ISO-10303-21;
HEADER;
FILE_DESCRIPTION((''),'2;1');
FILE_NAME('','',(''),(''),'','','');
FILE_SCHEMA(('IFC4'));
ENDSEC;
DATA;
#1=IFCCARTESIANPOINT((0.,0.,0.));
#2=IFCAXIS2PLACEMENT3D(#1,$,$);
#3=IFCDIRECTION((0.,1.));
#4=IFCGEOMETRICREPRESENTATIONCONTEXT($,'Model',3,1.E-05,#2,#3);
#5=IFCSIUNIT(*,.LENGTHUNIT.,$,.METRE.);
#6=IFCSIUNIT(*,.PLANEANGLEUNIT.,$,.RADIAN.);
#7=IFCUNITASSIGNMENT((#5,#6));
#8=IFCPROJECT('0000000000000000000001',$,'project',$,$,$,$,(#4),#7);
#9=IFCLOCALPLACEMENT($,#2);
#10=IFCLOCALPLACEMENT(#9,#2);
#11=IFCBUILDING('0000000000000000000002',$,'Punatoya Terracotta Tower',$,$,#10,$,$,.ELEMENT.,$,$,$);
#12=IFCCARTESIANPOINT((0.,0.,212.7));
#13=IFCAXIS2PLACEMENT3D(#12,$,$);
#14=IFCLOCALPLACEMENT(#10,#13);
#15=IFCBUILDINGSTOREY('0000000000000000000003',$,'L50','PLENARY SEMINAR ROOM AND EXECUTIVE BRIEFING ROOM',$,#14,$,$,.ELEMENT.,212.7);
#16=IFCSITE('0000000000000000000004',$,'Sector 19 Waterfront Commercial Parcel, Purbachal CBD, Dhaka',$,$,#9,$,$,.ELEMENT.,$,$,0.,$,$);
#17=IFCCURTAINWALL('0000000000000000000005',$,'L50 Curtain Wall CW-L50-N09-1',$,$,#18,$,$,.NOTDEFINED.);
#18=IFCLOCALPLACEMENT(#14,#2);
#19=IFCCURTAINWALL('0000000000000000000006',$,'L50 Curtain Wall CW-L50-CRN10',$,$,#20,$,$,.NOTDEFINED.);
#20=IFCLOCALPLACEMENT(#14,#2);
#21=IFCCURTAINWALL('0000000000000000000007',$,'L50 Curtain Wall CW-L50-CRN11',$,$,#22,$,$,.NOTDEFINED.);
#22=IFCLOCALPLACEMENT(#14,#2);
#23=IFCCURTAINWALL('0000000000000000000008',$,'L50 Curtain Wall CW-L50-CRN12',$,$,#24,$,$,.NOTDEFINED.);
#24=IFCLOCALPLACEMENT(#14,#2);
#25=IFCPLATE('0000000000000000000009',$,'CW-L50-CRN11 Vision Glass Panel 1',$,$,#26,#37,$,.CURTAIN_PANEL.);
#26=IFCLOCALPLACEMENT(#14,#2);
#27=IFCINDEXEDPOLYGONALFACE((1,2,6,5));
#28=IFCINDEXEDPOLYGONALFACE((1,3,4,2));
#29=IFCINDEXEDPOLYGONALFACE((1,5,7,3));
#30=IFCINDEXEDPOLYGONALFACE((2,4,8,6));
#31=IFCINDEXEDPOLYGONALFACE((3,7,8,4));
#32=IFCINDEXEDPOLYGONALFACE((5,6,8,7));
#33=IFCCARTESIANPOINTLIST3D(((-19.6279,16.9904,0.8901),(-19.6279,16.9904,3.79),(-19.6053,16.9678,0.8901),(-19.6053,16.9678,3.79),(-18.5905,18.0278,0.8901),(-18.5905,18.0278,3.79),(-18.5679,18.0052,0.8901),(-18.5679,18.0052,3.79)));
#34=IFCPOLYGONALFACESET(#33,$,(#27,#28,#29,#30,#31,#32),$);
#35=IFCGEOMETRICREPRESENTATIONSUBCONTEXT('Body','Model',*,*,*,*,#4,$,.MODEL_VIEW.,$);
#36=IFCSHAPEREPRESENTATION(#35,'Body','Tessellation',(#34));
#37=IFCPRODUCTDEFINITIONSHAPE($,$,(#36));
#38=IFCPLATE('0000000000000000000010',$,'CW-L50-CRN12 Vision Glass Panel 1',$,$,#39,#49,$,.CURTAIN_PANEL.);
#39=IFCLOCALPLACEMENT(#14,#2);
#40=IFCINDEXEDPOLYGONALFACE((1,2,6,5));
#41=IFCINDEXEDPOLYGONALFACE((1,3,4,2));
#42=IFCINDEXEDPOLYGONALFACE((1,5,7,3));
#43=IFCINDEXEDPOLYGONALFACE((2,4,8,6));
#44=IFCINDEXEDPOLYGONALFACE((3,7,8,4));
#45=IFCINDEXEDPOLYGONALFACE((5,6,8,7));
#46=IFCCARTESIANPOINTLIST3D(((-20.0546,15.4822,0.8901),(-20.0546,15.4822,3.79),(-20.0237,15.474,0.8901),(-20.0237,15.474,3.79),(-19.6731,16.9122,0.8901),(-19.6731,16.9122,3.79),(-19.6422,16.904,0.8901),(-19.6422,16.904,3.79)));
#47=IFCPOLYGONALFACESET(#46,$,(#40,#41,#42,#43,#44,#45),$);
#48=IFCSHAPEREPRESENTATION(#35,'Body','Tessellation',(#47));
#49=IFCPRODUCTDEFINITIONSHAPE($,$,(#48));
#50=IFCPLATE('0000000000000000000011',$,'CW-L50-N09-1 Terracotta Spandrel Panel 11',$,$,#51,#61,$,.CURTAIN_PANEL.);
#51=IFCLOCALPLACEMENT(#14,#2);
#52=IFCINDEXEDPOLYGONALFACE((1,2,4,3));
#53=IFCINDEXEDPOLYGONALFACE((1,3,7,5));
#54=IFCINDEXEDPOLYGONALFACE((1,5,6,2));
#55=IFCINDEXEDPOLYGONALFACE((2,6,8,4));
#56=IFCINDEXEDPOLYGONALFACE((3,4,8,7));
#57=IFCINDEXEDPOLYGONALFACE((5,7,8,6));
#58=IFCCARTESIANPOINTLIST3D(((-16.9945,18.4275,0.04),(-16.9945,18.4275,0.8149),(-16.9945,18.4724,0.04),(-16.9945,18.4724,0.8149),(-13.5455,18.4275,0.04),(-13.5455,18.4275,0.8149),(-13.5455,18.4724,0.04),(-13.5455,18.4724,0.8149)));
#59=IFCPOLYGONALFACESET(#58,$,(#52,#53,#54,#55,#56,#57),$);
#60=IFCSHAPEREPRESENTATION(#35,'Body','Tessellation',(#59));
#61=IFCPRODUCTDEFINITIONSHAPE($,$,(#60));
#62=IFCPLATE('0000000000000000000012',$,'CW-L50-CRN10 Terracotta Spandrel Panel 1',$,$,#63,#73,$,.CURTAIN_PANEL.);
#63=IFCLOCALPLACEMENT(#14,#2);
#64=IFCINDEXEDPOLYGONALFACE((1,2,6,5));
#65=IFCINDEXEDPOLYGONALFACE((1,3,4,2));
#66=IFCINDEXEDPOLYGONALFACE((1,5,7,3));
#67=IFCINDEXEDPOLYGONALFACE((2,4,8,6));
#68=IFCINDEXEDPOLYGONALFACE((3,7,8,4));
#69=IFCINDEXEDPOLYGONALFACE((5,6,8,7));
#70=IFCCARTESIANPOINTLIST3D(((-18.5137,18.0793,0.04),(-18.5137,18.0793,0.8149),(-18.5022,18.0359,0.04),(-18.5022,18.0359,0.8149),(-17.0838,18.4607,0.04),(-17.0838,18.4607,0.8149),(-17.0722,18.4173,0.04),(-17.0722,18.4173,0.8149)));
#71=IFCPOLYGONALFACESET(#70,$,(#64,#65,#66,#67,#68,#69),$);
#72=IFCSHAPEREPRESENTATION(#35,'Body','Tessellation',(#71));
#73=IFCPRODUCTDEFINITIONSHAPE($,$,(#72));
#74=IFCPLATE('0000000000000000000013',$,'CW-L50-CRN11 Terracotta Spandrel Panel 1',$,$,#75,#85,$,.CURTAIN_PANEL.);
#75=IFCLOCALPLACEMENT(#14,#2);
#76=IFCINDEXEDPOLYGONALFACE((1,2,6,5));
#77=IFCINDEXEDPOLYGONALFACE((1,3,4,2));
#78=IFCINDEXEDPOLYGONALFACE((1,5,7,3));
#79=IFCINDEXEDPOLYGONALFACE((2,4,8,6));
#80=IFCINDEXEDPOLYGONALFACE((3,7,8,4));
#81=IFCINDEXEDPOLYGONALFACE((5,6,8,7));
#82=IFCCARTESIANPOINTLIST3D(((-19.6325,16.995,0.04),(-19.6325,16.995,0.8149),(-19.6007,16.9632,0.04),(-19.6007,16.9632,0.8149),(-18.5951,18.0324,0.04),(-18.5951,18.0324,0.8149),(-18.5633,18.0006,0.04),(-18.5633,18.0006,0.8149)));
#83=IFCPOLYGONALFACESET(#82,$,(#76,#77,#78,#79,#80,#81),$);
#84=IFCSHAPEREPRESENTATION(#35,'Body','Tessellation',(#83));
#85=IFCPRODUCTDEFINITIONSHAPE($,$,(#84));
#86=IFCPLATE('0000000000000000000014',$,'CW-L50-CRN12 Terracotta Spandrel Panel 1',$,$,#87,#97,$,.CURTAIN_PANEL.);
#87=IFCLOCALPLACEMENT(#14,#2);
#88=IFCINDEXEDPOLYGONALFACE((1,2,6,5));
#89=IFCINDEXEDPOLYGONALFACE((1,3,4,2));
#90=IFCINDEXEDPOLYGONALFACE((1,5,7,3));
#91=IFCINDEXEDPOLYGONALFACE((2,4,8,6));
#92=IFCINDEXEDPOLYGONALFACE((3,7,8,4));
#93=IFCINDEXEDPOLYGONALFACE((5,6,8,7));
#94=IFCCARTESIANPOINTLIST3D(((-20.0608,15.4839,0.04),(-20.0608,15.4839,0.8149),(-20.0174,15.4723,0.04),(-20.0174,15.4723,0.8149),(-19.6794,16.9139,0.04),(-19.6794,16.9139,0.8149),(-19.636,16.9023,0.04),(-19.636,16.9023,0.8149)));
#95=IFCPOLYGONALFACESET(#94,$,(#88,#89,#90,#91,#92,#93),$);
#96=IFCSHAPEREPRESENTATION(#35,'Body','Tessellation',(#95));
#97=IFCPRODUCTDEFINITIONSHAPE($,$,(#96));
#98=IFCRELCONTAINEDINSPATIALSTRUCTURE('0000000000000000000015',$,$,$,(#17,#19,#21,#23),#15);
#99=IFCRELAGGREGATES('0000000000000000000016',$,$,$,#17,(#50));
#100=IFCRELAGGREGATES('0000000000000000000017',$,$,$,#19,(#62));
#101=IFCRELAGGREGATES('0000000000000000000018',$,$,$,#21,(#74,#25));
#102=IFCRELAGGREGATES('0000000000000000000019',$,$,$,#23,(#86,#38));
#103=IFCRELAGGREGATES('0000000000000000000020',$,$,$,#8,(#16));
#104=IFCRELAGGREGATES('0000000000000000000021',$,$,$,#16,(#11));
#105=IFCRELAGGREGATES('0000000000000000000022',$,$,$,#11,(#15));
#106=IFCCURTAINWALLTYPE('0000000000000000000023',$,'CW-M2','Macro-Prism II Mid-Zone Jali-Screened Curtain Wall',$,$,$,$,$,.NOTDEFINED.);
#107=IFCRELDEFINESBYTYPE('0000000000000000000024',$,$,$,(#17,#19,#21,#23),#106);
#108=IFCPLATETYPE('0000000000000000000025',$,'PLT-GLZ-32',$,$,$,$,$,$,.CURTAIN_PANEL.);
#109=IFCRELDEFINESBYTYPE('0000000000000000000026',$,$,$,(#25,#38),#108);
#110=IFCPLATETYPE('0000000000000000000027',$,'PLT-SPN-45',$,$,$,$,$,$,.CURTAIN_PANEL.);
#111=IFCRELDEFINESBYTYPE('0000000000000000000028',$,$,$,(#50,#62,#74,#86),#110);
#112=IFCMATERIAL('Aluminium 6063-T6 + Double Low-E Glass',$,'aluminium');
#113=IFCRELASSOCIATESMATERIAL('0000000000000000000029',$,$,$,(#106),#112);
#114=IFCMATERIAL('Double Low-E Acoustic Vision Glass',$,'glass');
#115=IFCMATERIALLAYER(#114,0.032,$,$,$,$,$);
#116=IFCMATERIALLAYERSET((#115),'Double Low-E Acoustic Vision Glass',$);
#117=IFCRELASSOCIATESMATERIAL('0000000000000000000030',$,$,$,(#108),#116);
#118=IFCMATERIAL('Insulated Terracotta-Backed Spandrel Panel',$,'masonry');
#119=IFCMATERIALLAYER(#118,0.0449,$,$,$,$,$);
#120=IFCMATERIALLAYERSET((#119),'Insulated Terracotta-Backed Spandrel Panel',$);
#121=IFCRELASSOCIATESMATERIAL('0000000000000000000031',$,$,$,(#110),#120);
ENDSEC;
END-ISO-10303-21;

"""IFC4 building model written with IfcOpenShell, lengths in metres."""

from ifc_helpers import new_model, si_unit, direction, frame, origin, origin_2d, place, context, subcontext, project, spatial, rectangle, extrude, material, layer, layer_set, type_object, element, aggregate, save


model = new_model("IFC4")

# Units and contexts
model_context = context("Model", 3, precision=1e-05, world=origin(), true_north=direction((0.0, 1.0)))
body_context = subcontext(model_context, "Body", "Model", "MODEL_VIEW")
ifc_project = project(units=[si_unit("LENGTHUNIT", "METRE"), si_unit("PLANEANGLEUNIT", "RADIAN")], contexts=[model_context])

# Site, building, storey
site_placement = place(None, origin())
site = spatial("IfcSite", under=ifc_project, at=site_placement, Name="Sector 19 Waterfront Commercial Parcel, Purbachal CBD, Dhaka", CompositionType="ELEMENT", RefElevation=0.0)
building_placement = place(site_placement, origin())
building = spatial("IfcBuilding", under=site, at=building_placement, Name="Punatoya Terracotta Tower", CompositionType="ELEMENT")
storey_placement = place(building_placement, frame((0.0, 0.0, 212.7)))
storey = spatial("IfcBuildingStorey", under=building, at=storey_placement, Name="L50", Description="PLENARY SEMINAR ROOM AND EXECUTIVE BRIEFING ROOM", CompositionType="ELEMENT", Elevation=212.7)

# Curtain walls
ifc_material_1 = material(Name="Aluminium 6063-T6 + Double Low-E Glass", Category="aluminium")
curtain_wall_type = type_object("IfcCurtainWallType", Name="CW-M2", Description="Macro-Prism II Mid-Zone Jali-Screened Curtain Wall", PredefinedType="NOTDEFINED", material=ifc_material_1)
curtain_wall_1_placement = place(storey_placement, origin())
curtain_wall_1 = element("IfcCurtainWall", 1, at=curtain_wall_1_placement, inside=storey, type_object=curtain_wall_type, Name="L50 Curtain Wall CW-L50-N09-1", PredefinedType="NOTDEFINED")
curtain_wall_2_placement = place(storey_placement, origin())
curtain_wall_2 = element("IfcCurtainWall", 2, at=curtain_wall_2_placement, inside=storey, type_object=curtain_wall_type, Name="L50 Curtain Wall CW-L50-CRN10", PredefinedType="NOTDEFINED")
curtain_wall_3_placement = place(storey_placement, origin())
curtain_wall_3 = element("IfcCurtainWall", 3, at=curtain_wall_3_placement, inside=storey, type_object=curtain_wall_type, Name="L50 Curtain Wall CW-L50-CRN11", PredefinedType="NOTDEFINED")

# Curtain wall
curtain_wall_4_placement = place(storey_placement, origin())
curtain_wall_4 = element("IfcCurtainWall", 4, at=curtain_wall_4_placement, inside=storey, type_object=curtain_wall_type, Name="L50 Curtain Wall CW-L50-CRN12", PredefinedType="NOTDEFINED")

# Plates
ifc_material_2 = material(Name="Double Low-E Acoustic Vision Glass", Category="glass")
ifc_layer_1 = layer(ifc_material_2, 0.032)
ifc_layer_set_1 = layer_set([ifc_layer_1], Name="Double Low-E Acoustic Vision Glass")
plate_type_1 = type_object("IfcPlateType", Name="PLT-GLZ-32", PredefinedType="CURTAIN_PANEL", material=ifc_layer_set_1)
plate_1_placement = place(storey_placement, frame((-19.0979, 17.4978, 0.8901), z_axis=(0.0, 0.0, 1.0), x_axis=(-0.707107, -0.707107, 0.0)))
plate_1 = element("IfcPlate", 5, at=plate_1_placement, type_object=plate_type_1, Name="CW-L50-CRN11 Vision Glass Panel 1", PredefinedType="CURTAIN_PANEL", context=body_context, shape_type="SweptSolid", body=[
    extrude(rectangle(XDim=1.467, YDim=0.032, at=origin_2d()), origin(), (0.0, 0.0, 1.0), 2.8999),
])
plate_2_placement = place(storey_placement, frame((-19.8484, 16.1931, 0.8901), z_axis=(0.0, 0.0, 1.0), x_axis=(-0.257742, -0.966214, 0.0)))
plate_2 = element("IfcPlate", 6, at=plate_2_placement, type_object=plate_type_1, Name="CW-L50-CRN12 Vision Glass Panel 1", PredefinedType="CURTAIN_PANEL", context=body_context, shape_type="SweptSolid", body=[
    extrude(rectangle(XDim=1.48, YDim=0.032, at=origin_2d()), origin(), (0.0, 0.0, 1.0), 2.8999),
])
ifc_material_3 = material(Name="Insulated Terracotta-Backed Spandrel Panel", Category="masonry")
ifc_layer_2 = layer(ifc_material_3, 0.0449)
ifc_layer_set_2 = layer_set([ifc_layer_2], Name="Insulated Terracotta-Backed Spandrel Panel")
plate_type_2 = type_object("IfcPlateType", Name="PLT-SPN-45", PredefinedType="CURTAIN_PANEL", material=ifc_layer_set_2)
plate_3_placement = place(storey_placement, frame((-15.27, 18.45, 0.04), z_axis=(0.0, 0.0, 1.0), x_axis=(-1.0, 0.0, 0.0)))
plate_3 = element("IfcPlate", 7, at=plate_3_placement, type_object=plate_type_2, Name="CW-L50-N09-1 Terracotta Spandrel Panel 11", PredefinedType="CURTAIN_PANEL", context=body_context, shape_type="SweptSolid", body=[
    extrude(rectangle(XDim=3.449, YDim=0.0449, at=origin_2d()), origin(), (0.0, 0.0, 1.0), 0.7749),
])
aggregate(curtain_wall_1, [plate_3])
plate_4_placement = place(storey_placement, frame((-17.793, 18.2483, 0.04), z_axis=(0.0, 0.0, 1.0), x_axis=(-0.966214, -0.257742, 0.0)))
plate_4 = element("IfcPlate", 8, at=plate_4_placement, type_object=plate_type_2, Name="CW-L50-CRN10 Terracotta Spandrel Panel 1", PredefinedType="CURTAIN_PANEL", context=body_context, shape_type="SweptSolid", body=[
    extrude(rectangle(XDim=1.48, YDim=0.0449, at=origin_2d()), origin(), (0.0, 0.0, 1.0), 0.7749),
])
aggregate(curtain_wall_2, [plate_4])
plate_5_placement = place(storey_placement, frame((-19.0979, 17.4978, 0.04), z_axis=(0.0, 0.0, 1.0), x_axis=(-0.707107, -0.707107, 0.0)))
plate_5 = element("IfcPlate", 9, at=plate_5_placement, type_object=plate_type_2, Name="CW-L50-CRN11 Terracotta Spandrel Panel 1", PredefinedType="CURTAIN_PANEL", context=body_context, shape_type="SweptSolid", body=[
    extrude(rectangle(XDim=1.467, YDim=0.0449, at=origin_2d()), origin(), (0.0, 0.0, 1.0), 0.7749),
])
aggregate(curtain_wall_3, [plate_5, plate_1])
plate_6_placement = place(storey_placement, frame((-19.8484, 16.1931, 0.04), z_axis=(0.0, 0.0, 1.0), x_axis=(-0.257742, -0.966214, 0.0)))
plate_6 = element("IfcPlate", 10, at=plate_6_placement, type_object=plate_type_2, Name="CW-L50-CRN12 Terracotta Spandrel Panel 1", PredefinedType="CURTAIN_PANEL", context=body_context, shape_type="SweptSolid", body=[
    extrude(rectangle(XDim=1.48, YDim=0.0449, at=origin_2d()), origin(), (0.0, 0.0, 1.0), 0.7749),
])
aggregate(curtain_wall_4, [plate_6, plate_2])

save(model, "model.ifc")
